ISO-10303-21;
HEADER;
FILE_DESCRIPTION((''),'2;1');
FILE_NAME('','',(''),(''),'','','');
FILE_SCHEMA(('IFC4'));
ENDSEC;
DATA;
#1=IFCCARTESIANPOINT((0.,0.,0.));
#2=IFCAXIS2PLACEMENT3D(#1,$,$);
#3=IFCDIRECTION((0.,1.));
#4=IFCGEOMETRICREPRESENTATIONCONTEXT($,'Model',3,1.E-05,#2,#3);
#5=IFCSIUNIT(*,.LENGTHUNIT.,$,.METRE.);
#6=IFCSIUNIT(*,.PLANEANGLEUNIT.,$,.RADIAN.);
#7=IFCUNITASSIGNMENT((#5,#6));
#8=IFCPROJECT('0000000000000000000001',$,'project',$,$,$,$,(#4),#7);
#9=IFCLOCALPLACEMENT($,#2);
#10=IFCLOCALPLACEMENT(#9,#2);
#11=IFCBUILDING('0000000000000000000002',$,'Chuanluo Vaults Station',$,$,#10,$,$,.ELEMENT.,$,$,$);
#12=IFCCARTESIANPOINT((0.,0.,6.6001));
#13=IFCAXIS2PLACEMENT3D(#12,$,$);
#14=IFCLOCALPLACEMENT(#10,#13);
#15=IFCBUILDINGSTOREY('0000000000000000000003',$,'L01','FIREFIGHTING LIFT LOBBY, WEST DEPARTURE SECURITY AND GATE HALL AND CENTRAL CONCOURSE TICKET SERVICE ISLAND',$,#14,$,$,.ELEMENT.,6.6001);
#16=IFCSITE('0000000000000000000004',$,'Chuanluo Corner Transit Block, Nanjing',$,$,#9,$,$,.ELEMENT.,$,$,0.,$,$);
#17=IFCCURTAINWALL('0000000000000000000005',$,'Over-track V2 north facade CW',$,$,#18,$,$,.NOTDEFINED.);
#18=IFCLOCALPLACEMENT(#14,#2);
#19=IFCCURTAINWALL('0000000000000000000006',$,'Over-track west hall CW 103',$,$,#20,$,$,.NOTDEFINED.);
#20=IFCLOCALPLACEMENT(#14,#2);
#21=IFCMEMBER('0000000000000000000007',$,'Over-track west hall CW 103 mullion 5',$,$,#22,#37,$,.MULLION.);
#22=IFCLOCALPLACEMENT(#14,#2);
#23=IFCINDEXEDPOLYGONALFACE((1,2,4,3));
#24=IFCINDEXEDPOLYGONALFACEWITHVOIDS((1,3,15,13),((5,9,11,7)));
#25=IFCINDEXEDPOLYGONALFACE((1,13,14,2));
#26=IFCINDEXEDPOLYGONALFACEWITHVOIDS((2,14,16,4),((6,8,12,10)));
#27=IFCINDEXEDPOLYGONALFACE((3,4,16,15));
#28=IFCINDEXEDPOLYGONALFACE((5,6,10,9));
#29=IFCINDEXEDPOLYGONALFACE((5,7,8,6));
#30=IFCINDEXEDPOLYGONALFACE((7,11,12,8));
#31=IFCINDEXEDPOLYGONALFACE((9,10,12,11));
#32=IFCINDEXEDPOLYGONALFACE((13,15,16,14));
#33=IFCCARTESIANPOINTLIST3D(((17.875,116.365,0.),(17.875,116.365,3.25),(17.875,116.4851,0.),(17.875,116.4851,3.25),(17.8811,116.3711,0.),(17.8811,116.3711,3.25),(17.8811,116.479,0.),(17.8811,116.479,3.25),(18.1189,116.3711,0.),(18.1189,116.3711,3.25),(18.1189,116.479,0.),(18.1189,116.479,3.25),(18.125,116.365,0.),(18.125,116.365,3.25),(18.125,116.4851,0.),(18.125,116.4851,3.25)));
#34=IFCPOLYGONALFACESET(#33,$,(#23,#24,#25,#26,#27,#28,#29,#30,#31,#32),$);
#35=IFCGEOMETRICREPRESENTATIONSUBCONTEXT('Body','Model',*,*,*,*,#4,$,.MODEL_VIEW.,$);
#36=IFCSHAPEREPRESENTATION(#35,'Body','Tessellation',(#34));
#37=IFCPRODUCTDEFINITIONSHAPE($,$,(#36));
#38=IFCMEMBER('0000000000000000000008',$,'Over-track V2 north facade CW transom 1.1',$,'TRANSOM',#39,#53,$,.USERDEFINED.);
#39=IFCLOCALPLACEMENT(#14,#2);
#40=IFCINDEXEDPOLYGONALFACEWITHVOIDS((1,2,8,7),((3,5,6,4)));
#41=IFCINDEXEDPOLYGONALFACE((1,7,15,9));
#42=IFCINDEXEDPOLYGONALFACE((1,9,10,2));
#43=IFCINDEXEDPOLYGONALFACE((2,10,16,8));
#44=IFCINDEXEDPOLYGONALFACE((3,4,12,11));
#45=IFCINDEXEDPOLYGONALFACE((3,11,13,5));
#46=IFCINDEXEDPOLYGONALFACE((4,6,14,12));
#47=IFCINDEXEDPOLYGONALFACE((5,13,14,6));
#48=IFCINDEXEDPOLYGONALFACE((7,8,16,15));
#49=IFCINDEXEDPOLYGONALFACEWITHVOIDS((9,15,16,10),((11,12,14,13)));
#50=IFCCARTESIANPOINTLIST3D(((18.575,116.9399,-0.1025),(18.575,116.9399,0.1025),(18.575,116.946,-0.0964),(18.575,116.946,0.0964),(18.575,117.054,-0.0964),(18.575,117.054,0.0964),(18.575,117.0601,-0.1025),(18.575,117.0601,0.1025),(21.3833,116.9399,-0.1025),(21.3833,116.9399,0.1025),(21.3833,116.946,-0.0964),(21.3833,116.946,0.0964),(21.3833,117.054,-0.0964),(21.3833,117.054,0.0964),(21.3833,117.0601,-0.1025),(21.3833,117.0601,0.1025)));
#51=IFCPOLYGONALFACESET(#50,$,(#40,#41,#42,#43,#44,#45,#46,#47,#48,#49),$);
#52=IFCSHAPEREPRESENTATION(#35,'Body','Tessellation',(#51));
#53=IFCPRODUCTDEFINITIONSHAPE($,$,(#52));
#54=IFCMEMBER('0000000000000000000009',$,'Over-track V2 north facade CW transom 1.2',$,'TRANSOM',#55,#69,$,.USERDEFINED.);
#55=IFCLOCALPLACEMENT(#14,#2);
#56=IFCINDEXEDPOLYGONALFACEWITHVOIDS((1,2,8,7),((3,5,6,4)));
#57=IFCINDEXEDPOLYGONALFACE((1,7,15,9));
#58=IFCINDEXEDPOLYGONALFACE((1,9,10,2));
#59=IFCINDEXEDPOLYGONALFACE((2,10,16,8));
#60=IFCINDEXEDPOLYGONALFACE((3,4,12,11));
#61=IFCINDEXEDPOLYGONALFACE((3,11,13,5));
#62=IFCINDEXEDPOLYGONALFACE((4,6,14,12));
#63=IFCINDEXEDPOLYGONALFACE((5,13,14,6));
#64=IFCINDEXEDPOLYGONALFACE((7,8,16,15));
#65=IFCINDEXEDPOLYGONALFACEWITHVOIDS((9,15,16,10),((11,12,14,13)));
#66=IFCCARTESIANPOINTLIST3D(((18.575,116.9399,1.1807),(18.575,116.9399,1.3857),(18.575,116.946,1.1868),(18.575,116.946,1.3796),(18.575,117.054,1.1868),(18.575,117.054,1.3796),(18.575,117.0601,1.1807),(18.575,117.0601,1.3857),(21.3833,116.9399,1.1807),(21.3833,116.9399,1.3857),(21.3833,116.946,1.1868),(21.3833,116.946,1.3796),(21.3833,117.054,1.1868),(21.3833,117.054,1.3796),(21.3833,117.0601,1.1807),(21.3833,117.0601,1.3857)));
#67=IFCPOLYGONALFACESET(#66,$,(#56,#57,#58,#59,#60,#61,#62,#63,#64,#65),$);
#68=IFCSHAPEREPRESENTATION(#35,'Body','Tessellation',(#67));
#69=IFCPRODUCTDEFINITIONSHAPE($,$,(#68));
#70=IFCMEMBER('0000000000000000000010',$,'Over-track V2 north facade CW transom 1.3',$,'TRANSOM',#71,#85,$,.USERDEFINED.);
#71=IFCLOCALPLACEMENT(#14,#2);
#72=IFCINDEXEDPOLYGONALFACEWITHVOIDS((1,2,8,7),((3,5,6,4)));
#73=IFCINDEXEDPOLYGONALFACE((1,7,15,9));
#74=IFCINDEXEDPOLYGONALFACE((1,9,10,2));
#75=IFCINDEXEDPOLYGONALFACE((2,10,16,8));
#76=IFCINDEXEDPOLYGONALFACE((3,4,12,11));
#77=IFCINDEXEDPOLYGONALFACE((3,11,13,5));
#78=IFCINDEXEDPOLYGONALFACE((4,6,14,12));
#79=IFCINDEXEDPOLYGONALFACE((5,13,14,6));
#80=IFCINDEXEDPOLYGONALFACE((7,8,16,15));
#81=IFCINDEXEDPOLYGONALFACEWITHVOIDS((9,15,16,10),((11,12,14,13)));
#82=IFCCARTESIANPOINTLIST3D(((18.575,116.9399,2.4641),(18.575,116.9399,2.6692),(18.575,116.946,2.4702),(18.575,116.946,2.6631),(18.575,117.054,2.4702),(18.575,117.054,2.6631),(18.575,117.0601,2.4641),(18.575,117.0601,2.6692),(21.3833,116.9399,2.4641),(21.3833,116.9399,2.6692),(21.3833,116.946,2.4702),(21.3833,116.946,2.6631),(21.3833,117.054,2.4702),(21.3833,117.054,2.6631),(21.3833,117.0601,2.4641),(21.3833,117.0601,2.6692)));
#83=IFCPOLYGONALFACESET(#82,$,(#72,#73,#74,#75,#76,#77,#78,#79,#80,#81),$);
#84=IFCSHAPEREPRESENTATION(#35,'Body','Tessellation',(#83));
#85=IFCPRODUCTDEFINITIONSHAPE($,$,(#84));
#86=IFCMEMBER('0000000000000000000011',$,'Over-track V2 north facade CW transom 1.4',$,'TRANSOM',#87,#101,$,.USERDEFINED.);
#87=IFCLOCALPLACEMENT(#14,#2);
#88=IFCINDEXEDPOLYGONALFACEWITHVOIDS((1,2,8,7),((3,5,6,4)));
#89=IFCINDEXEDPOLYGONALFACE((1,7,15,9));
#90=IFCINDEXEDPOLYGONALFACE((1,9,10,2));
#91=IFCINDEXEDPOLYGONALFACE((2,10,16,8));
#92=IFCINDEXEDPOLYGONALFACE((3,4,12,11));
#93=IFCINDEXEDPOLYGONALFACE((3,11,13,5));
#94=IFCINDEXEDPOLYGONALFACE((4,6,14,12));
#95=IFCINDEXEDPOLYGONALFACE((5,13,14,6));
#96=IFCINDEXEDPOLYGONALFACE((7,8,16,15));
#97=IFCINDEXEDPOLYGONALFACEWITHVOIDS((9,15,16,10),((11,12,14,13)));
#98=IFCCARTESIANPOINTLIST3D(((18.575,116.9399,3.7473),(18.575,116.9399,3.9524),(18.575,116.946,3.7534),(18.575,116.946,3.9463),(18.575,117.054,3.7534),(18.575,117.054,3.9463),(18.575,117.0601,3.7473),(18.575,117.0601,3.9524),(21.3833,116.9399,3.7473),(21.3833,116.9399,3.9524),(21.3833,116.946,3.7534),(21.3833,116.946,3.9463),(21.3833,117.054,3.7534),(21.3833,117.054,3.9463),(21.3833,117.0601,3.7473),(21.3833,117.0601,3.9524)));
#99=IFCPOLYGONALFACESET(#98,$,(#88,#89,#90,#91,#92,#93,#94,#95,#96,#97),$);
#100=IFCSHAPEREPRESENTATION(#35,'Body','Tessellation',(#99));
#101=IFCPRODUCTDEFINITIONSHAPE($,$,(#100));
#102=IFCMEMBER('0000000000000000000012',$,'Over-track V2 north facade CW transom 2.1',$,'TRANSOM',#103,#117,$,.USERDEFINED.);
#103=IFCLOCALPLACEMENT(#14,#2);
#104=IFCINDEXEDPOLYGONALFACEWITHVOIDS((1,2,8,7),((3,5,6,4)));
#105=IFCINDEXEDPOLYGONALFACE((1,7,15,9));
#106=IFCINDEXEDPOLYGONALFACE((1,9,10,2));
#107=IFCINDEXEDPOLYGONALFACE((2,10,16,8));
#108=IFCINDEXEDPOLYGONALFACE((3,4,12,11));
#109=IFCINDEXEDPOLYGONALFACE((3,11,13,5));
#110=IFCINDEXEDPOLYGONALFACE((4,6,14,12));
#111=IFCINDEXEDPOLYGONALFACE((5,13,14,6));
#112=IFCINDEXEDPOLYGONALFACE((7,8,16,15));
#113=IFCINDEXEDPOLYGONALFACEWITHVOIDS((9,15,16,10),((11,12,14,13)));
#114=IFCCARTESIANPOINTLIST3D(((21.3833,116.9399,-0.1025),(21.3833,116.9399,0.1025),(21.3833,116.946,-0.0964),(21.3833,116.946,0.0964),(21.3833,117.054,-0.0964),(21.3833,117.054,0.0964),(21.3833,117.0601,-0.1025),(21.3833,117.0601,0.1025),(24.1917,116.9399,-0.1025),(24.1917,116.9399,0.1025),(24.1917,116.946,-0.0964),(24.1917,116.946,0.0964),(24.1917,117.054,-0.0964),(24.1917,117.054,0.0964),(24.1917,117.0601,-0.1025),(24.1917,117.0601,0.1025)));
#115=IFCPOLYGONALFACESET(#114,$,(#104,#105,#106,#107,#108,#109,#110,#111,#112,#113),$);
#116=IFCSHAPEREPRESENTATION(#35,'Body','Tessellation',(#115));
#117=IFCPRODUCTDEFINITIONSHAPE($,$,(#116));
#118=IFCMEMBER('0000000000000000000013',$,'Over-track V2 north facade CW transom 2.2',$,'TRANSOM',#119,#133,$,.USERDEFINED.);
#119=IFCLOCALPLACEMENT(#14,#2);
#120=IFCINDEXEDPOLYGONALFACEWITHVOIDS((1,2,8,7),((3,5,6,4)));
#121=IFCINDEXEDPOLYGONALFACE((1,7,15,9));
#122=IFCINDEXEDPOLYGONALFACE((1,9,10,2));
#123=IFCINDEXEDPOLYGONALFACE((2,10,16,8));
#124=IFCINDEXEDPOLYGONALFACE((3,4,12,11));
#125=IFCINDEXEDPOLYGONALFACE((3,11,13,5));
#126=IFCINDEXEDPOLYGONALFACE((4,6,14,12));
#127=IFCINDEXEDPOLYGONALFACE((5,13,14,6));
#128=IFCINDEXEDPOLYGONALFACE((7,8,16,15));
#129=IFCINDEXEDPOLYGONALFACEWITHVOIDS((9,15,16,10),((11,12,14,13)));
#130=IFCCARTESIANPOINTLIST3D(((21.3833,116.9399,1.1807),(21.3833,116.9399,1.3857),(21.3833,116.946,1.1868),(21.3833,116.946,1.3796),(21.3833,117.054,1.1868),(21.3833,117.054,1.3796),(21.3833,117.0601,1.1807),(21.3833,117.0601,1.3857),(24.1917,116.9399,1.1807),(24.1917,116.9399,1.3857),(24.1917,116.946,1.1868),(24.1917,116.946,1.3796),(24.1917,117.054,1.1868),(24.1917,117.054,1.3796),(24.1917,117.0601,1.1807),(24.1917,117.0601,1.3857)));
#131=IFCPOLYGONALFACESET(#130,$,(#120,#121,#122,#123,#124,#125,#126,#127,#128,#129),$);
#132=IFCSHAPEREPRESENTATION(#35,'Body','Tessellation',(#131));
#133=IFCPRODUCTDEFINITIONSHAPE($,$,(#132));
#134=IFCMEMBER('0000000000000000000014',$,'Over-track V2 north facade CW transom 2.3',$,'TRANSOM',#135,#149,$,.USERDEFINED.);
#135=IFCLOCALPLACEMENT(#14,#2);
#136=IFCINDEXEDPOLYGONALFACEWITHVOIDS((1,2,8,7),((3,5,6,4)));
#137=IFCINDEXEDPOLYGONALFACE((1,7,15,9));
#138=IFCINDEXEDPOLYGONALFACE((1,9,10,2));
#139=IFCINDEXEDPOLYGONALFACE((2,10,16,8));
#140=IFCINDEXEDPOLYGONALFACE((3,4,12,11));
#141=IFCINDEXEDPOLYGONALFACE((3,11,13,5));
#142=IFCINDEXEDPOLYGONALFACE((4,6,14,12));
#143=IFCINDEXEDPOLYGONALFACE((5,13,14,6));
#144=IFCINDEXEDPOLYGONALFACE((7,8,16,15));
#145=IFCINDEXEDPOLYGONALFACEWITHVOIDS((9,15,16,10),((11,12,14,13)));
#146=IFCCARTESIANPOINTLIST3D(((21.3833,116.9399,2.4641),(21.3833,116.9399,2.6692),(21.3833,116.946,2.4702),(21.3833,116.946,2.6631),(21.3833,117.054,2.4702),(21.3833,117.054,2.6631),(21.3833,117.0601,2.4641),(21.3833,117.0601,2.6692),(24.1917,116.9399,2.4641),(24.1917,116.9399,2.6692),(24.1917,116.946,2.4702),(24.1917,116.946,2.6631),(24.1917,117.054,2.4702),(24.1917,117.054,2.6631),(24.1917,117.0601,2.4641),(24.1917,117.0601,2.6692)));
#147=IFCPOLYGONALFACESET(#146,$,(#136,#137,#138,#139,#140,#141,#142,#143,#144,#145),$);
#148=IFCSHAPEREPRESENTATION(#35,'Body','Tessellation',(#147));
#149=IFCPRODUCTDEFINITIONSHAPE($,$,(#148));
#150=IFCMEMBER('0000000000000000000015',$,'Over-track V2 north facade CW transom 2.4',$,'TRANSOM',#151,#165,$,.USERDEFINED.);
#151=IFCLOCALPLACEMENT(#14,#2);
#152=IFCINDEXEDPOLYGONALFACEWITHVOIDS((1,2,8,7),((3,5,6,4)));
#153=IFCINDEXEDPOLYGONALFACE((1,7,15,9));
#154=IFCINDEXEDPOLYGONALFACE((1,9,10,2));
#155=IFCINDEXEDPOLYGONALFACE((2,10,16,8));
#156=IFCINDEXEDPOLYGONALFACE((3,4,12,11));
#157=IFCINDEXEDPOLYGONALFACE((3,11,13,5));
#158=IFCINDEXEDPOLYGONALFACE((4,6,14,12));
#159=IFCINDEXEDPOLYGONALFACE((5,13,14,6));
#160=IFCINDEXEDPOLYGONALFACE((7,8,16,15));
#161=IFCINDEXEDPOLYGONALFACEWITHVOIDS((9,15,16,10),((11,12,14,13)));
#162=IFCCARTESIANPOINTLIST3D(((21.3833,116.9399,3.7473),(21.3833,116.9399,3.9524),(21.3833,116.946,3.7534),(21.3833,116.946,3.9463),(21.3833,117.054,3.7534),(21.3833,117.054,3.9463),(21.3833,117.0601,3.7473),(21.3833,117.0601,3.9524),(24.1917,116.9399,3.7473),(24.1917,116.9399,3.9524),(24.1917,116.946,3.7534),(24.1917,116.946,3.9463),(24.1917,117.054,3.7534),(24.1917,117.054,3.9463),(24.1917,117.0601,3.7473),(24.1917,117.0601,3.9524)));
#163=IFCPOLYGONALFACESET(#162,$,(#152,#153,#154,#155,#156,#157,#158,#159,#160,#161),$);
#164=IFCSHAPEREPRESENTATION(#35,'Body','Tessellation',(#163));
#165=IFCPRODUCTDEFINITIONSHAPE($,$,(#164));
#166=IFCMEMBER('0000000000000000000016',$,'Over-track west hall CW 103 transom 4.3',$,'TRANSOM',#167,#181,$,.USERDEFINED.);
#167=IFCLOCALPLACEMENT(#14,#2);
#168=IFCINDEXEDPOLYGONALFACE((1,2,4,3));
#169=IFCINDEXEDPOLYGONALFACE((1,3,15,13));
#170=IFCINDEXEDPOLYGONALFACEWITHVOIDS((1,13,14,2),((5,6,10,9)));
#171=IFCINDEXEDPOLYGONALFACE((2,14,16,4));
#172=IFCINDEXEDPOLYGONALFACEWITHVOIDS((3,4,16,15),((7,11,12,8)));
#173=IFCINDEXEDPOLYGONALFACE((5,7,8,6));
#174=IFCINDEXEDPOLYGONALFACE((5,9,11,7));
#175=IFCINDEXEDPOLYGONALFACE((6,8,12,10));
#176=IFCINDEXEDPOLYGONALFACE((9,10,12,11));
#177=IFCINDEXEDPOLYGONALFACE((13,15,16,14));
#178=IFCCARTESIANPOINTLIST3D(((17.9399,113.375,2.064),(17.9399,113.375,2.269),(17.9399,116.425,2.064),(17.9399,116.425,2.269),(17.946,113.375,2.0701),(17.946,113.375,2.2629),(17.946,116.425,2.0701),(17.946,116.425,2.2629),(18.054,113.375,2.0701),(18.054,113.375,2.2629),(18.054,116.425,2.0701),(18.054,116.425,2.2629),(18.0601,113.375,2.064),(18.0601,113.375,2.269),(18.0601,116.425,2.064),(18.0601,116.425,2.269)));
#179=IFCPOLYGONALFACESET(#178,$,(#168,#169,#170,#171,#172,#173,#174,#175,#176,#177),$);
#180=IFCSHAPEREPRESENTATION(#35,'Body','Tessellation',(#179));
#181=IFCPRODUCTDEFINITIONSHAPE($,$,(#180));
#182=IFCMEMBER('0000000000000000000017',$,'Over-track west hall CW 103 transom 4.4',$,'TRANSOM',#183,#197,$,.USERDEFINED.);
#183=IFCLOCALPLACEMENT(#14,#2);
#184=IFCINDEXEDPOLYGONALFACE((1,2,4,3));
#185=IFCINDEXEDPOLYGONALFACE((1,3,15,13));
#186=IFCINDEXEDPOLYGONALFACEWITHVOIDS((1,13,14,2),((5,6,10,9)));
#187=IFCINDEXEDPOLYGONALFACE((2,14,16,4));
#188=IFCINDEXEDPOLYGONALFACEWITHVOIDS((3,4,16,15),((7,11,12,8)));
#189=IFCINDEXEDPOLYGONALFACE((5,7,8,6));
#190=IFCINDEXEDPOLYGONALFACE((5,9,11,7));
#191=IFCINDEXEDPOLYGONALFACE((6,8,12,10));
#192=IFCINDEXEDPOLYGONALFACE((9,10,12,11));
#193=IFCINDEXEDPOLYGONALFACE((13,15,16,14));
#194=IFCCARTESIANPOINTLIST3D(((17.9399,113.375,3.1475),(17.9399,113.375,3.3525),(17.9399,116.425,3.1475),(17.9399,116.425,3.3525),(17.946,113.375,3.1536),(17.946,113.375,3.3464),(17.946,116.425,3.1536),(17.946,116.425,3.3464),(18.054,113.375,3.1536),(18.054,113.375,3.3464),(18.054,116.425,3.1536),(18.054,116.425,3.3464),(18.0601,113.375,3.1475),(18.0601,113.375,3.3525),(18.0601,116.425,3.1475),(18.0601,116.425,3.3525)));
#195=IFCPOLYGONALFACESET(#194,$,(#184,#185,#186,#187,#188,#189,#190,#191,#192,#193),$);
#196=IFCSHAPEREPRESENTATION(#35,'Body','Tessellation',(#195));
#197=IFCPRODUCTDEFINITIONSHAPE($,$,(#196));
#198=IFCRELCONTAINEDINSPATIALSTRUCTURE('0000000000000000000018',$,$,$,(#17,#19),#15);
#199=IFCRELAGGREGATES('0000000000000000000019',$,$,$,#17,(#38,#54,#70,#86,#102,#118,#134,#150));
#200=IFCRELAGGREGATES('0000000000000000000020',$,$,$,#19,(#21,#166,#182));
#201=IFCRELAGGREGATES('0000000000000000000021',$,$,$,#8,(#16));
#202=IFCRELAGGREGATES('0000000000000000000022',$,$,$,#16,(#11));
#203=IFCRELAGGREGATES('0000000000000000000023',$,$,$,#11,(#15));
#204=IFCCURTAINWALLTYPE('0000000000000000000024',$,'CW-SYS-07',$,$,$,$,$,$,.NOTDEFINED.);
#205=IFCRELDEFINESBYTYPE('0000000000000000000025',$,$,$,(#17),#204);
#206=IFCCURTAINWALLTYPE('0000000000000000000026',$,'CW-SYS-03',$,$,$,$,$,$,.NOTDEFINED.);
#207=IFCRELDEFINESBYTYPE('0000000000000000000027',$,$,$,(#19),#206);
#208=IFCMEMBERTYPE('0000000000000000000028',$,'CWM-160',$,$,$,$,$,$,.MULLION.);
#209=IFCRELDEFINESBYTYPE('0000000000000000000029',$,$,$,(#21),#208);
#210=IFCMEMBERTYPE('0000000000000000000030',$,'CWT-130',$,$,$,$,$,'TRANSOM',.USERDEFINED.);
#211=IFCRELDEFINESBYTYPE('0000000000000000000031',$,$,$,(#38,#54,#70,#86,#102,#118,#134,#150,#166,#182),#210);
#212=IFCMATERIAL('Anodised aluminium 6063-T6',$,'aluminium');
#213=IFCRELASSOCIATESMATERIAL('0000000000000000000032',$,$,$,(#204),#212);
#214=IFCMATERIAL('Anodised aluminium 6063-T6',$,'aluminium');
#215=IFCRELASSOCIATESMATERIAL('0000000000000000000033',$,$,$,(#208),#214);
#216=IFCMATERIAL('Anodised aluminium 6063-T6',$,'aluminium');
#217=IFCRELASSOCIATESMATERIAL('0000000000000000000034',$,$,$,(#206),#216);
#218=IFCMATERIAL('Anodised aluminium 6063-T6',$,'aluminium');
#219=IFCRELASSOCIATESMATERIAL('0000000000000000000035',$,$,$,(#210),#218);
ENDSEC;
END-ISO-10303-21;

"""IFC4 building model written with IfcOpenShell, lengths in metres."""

from ifc_helpers import new_model, si_unit, direction, frame, origin, origin_2d, place, context, subcontext, project, spatial, hollow_rectangle, extrude, material, material_profile, profile_set, type_object, element, aggregate, save


model = new_model("IFC4")

# Units and contexts
model_context = context("Model", 3, precision=1e-05, world=origin(), true_north=direction((0.0, 1.0)))
body_context = subcontext(model_context, "Body", "Model", "MODEL_VIEW")
ifc_project = project(units=[si_unit("LENGTHUNIT", "METRE"), si_unit("PLANEANGLEUNIT", "RADIAN")], contexts=[model_context])

# Site, building, storey
site_placement = place(None, origin())
site = spatial("IfcSite", under=ifc_project, at=site_placement, Name="Chuanluo Corner Transit Block, Nanjing", CompositionType="ELEMENT", RefElevation=0.0)
building_placement = place(site_placement, origin())
building = spatial("IfcBuilding", under=site, at=building_placement, Name="Chuanluo Vaults Station", CompositionType="ELEMENT")
storey_placement = place(building_placement, frame((0.0, 0.0, 6.6001)))
storey = spatial("IfcBuildingStorey", under=building, at=storey_placement, Name="L01", Description="FIREFIGHTING LIFT LOBBY, WEST DEPARTURE SECURITY AND GATE HALL AND CENTRAL CONCOURSE TICKET SERVICE ISLAND", CompositionType="ELEMENT", Elevation=6.6001)

# Curtain wall
ifc_material_1 = material(Name="Anodised aluminium 6063-T6", Category="aluminium")
curtain_wall_type_1 = type_object("IfcCurtainWallType", Name="CW-SYS-07", PredefinedType="NOTDEFINED", material=ifc_material_1)
curtain_wall_1_placement = place(storey_placement, origin())
curtain_wall_1 = element("IfcCurtainWall", 1, at=curtain_wall_1_placement, inside=storey, type_object=curtain_wall_type_1, Name="Over-track V2 north facade CW", PredefinedType="NOTDEFINED")
ifc_material_2 = material(Name="Anodised aluminium 6063-T6", Category="aluminium")
ifc_material_profile_1 = material_profile(ifc_material_2, hollow_rectangle(XDim=0.1201, YDim=0.25, WallThickness=0.0061, at=origin_2d()))
ifc_profile_set_1 = profile_set([ifc_material_profile_1], Name="Anodised aluminium 6063-T6")
member_type_1 = type_object("IfcMemberType", Name="CWM-160", PredefinedType="MULLION", material=ifc_profile_set_1)

# Curtain wall, member
ifc_material_3 = material(Name="Anodised aluminium 6063-T6", Category="aluminium")
curtain_wall_type_2 = type_object("IfcCurtainWallType", Name="CW-SYS-03", PredefinedType="NOTDEFINED", material=ifc_material_3)
curtain_wall_2_placement = place(storey_placement, origin())
curtain_wall_2 = element("IfcCurtainWall", 2, at=curtain_wall_2_placement, inside=storey, type_object=curtain_wall_type_2, Name="Over-track west hall CW 103", PredefinedType="NOTDEFINED")
member_1_placement = place(storey_placement, frame((18.0, 116.425, 0.0), z_axis=(0.0, 0.0, 1.0), x_axis=(0.0, 1.0, 0.0)))
member_1 = element("IfcMember", 3, at=member_1_placement, type_object=member_type_1, Name="Over-track west hall CW 103 mullion 5", PredefinedType="MULLION", context=body_context, shape_type="SweptSolid", body=[
    extrude(hollow_rectangle(XDim=0.1201, YDim=0.25, WallThickness=0.0061, at=origin_2d()), origin(), (0.0, 0.0, 1.0), 3.25),
])

# Members
ifc_material_4 = material(Name="Anodised aluminium 6063-T6", Category="aluminium")
ifc_material_profile_2 = material_profile(ifc_material_4, hollow_rectangle(XDim=0.1201, YDim=0.2051, WallThickness=0.0061, at=origin_2d()))
ifc_profile_set_2 = profile_set([ifc_material_profile_2], Name="Anodised aluminium 6063-T6")
member_type_2 = type_object("IfcMemberType", Name="CWT-130", ElementType="TRANSOM", PredefinedType="USERDEFINED", material=ifc_profile_set_2)
member_2_placement = place(storey_placement, frame((18.575, 117.0, 0.0), z_axis=(1.0, 0.0, 0.0), x_axis=(0.0, 1.0, 0.0)))
member_2 = element("IfcMember", 4, at=member_2_placement, type_object=member_type_2, Name="Over-track V2 north facade CW transom 1.1", ObjectType="TRANSOM", PredefinedType="USERDEFINED", context=body_context, shape_type="SweptSolid", body=[
    extrude(hollow_rectangle(XDim=0.1201, YDim=0.2051, WallThickness=0.0061, at=origin_2d()), origin(), (0.0, 0.0, 1.0), 2.8083),
])
member_3_placement = place(storey_placement, frame((18.575, 117.0, 1.2832), z_axis=(1.0, 0.0, 0.0), x_axis=(0.0, 1.0, 0.0)))
member_3 = element("IfcMember", 5, at=member_3_placement, type_object=member_type_2, Name="Over-track V2 north facade CW transom 1.2", ObjectType="TRANSOM", PredefinedType="USERDEFINED", context=body_context, shape_type="SweptSolid", body=[
    extrude(hollow_rectangle(XDim=0.1201, YDim=0.2051, WallThickness=0.0061, at=origin_2d()), origin(), (0.0, 0.0, 1.0), 2.8083),
])
member_4_placement = place(storey_placement, frame((18.575, 117.0, 2.5667), z_axis=(1.0, 0.0, 0.0), x_axis=(0.0, 1.0, 0.0)))
member_4 = element("IfcMember", 6, at=member_4_placement, type_object=member_type_2, Name="Over-track V2 north facade CW transom 1.3", ObjectType="TRANSOM", PredefinedType="USERDEFINED", context=body_context, shape_type="SweptSolid", body=[
    extrude(hollow_rectangle(XDim=0.1201, YDim=0.2051, WallThickness=0.0061, at=origin_2d()), origin(), (0.0, 0.0, 1.0), 2.8083),
])
member_5_placement = place(storey_placement, frame((18.575, 117.0, 3.8499), z_axis=(1.0, 0.0, 0.0), x_axis=(0.0, 1.0, 0.0)))
member_5 = element("IfcMember", 7, at=member_5_placement, type_object=member_type_2, Name="Over-track V2 north facade CW transom 1.4", ObjectType="TRANSOM", PredefinedType="USERDEFINED", context=body_context, shape_type="SweptSolid", body=[
    extrude(hollow_rectangle(XDim=0.1201, YDim=0.2051, WallThickness=0.0061, at=origin_2d()), origin(), (0.0, 0.0, 1.0), 2.8083),
])
member_6_placement = place(storey_placement, frame((21.3833, 117.0, 0.0), z_axis=(1.0, 0.0, 0.0), x_axis=(0.0, 1.0, 0.0)))
member_6 = element("IfcMember", 8, at=member_6_placement, type_object=member_type_2, Name="Over-track V2 north facade CW transom 2.1", ObjectType="TRANSOM", PredefinedType="USERDEFINED", context=body_context, shape_type="SweptSolid", body=[
    extrude(hollow_rectangle(XDim=0.1201, YDim=0.2051, WallThickness=0.0061, at=origin_2d()), origin(), (0.0, 0.0, 1.0), 2.8083),
])
member_7_placement = place(storey_placement, frame((21.3833, 117.0, 1.2832), z_axis=(1.0, 0.0, 0.0), x_axis=(0.0, 1.0, 0.0)))
member_7 = element("IfcMember", 9, at=member_7_placement, type_object=member_type_2, Name="Over-track V2 north facade CW transom 2.2", ObjectType="TRANSOM", PredefinedType="USERDEFINED", context=body_context, shape_type="SweptSolid", body=[
    extrude(hollow_rectangle(XDim=0.1201, YDim=0.2051, WallThickness=0.0061, at=origin_2d()), origin(), (0.0, 0.0, 1.0), 2.8083),
])
member_8_placement = place(storey_placement, frame((21.3833, 117.0, 2.5667), z_axis=(1.0, 0.0, 0.0), x_axis=(0.0, 1.0, 0.0)))
member_8 = element("IfcMember", 10, at=member_8_placement, type_object=member_type_2, Name="Over-track V2 north facade CW transom 2.3", ObjectType="TRANSOM", PredefinedType="USERDEFINED", context=body_context, shape_type="SweptSolid", body=[
    extrude(hollow_rectangle(XDim=0.1201, YDim=0.2051, WallThickness=0.0061, at=origin_2d()), origin(), (0.0, 0.0, 1.0), 2.8083),
])
member_9_placement = place(storey_placement, frame((21.3833, 117.0, 3.8499), z_axis=(1.0, 0.0, 0.0), x_axis=(0.0, 1.0, 0.0)))
member_9 = element("IfcMember", 11, at=member_9_placement, type_object=member_type_2, Name="Over-track V2 north facade CW transom 2.4", ObjectType="TRANSOM", PredefinedType="USERDEFINED", context=body_context, shape_type="SweptSolid", body=[
    extrude(hollow_rectangle(XDim=0.1201, YDim=0.2051, WallThickness=0.0061, at=origin_2d()), origin(), (0.0, 0.0, 1.0), 2.8083),
])
member_10_placement = place(storey_placement, frame((18.0, 113.375, 2.1665), z_axis=(0.0, 1.0, 0.0), x_axis=(-1.0, 0.0, 0.0)))
member_10 = element("IfcMember", 12, at=member_10_placement, type_object=member_type_2, Name="Over-track west hall CW 103 transom 4.3", ObjectType="TRANSOM", PredefinedType="USERDEFINED", context=body_context, shape_type="SweptSolid", body=[
    extrude(hollow_rectangle(XDim=0.1201, YDim=0.2051, WallThickness=0.0061, at=origin_2d()), origin(), (0.0, 0.0, 1.0), 3.05),
])
member_11_placement = place(storey_placement, frame((18.0, 113.375, 3.25), z_axis=(0.0, 1.0, 0.0), x_axis=(-1.0, 0.0, 0.0)))
member_11 = element("IfcMember", 13, at=member_11_placement, type_object=member_type_2, Name="Over-track west hall CW 103 transom 4.4", ObjectType="TRANSOM", PredefinedType="USERDEFINED", context=body_context, shape_type="SweptSolid", body=[
    extrude(hollow_rectangle(XDim=0.1201, YDim=0.2051, WallThickness=0.0061, at=origin_2d()), origin(), (0.0, 0.0, 1.0), 3.05),
])

aggregate(curtain_wall_1, [member_2, member_3, member_4, member_5, member_6, member_7, member_8, member_9])
aggregate(curtain_wall_2, [member_1, member_10, member_11])

save(model, "model.ifc")
